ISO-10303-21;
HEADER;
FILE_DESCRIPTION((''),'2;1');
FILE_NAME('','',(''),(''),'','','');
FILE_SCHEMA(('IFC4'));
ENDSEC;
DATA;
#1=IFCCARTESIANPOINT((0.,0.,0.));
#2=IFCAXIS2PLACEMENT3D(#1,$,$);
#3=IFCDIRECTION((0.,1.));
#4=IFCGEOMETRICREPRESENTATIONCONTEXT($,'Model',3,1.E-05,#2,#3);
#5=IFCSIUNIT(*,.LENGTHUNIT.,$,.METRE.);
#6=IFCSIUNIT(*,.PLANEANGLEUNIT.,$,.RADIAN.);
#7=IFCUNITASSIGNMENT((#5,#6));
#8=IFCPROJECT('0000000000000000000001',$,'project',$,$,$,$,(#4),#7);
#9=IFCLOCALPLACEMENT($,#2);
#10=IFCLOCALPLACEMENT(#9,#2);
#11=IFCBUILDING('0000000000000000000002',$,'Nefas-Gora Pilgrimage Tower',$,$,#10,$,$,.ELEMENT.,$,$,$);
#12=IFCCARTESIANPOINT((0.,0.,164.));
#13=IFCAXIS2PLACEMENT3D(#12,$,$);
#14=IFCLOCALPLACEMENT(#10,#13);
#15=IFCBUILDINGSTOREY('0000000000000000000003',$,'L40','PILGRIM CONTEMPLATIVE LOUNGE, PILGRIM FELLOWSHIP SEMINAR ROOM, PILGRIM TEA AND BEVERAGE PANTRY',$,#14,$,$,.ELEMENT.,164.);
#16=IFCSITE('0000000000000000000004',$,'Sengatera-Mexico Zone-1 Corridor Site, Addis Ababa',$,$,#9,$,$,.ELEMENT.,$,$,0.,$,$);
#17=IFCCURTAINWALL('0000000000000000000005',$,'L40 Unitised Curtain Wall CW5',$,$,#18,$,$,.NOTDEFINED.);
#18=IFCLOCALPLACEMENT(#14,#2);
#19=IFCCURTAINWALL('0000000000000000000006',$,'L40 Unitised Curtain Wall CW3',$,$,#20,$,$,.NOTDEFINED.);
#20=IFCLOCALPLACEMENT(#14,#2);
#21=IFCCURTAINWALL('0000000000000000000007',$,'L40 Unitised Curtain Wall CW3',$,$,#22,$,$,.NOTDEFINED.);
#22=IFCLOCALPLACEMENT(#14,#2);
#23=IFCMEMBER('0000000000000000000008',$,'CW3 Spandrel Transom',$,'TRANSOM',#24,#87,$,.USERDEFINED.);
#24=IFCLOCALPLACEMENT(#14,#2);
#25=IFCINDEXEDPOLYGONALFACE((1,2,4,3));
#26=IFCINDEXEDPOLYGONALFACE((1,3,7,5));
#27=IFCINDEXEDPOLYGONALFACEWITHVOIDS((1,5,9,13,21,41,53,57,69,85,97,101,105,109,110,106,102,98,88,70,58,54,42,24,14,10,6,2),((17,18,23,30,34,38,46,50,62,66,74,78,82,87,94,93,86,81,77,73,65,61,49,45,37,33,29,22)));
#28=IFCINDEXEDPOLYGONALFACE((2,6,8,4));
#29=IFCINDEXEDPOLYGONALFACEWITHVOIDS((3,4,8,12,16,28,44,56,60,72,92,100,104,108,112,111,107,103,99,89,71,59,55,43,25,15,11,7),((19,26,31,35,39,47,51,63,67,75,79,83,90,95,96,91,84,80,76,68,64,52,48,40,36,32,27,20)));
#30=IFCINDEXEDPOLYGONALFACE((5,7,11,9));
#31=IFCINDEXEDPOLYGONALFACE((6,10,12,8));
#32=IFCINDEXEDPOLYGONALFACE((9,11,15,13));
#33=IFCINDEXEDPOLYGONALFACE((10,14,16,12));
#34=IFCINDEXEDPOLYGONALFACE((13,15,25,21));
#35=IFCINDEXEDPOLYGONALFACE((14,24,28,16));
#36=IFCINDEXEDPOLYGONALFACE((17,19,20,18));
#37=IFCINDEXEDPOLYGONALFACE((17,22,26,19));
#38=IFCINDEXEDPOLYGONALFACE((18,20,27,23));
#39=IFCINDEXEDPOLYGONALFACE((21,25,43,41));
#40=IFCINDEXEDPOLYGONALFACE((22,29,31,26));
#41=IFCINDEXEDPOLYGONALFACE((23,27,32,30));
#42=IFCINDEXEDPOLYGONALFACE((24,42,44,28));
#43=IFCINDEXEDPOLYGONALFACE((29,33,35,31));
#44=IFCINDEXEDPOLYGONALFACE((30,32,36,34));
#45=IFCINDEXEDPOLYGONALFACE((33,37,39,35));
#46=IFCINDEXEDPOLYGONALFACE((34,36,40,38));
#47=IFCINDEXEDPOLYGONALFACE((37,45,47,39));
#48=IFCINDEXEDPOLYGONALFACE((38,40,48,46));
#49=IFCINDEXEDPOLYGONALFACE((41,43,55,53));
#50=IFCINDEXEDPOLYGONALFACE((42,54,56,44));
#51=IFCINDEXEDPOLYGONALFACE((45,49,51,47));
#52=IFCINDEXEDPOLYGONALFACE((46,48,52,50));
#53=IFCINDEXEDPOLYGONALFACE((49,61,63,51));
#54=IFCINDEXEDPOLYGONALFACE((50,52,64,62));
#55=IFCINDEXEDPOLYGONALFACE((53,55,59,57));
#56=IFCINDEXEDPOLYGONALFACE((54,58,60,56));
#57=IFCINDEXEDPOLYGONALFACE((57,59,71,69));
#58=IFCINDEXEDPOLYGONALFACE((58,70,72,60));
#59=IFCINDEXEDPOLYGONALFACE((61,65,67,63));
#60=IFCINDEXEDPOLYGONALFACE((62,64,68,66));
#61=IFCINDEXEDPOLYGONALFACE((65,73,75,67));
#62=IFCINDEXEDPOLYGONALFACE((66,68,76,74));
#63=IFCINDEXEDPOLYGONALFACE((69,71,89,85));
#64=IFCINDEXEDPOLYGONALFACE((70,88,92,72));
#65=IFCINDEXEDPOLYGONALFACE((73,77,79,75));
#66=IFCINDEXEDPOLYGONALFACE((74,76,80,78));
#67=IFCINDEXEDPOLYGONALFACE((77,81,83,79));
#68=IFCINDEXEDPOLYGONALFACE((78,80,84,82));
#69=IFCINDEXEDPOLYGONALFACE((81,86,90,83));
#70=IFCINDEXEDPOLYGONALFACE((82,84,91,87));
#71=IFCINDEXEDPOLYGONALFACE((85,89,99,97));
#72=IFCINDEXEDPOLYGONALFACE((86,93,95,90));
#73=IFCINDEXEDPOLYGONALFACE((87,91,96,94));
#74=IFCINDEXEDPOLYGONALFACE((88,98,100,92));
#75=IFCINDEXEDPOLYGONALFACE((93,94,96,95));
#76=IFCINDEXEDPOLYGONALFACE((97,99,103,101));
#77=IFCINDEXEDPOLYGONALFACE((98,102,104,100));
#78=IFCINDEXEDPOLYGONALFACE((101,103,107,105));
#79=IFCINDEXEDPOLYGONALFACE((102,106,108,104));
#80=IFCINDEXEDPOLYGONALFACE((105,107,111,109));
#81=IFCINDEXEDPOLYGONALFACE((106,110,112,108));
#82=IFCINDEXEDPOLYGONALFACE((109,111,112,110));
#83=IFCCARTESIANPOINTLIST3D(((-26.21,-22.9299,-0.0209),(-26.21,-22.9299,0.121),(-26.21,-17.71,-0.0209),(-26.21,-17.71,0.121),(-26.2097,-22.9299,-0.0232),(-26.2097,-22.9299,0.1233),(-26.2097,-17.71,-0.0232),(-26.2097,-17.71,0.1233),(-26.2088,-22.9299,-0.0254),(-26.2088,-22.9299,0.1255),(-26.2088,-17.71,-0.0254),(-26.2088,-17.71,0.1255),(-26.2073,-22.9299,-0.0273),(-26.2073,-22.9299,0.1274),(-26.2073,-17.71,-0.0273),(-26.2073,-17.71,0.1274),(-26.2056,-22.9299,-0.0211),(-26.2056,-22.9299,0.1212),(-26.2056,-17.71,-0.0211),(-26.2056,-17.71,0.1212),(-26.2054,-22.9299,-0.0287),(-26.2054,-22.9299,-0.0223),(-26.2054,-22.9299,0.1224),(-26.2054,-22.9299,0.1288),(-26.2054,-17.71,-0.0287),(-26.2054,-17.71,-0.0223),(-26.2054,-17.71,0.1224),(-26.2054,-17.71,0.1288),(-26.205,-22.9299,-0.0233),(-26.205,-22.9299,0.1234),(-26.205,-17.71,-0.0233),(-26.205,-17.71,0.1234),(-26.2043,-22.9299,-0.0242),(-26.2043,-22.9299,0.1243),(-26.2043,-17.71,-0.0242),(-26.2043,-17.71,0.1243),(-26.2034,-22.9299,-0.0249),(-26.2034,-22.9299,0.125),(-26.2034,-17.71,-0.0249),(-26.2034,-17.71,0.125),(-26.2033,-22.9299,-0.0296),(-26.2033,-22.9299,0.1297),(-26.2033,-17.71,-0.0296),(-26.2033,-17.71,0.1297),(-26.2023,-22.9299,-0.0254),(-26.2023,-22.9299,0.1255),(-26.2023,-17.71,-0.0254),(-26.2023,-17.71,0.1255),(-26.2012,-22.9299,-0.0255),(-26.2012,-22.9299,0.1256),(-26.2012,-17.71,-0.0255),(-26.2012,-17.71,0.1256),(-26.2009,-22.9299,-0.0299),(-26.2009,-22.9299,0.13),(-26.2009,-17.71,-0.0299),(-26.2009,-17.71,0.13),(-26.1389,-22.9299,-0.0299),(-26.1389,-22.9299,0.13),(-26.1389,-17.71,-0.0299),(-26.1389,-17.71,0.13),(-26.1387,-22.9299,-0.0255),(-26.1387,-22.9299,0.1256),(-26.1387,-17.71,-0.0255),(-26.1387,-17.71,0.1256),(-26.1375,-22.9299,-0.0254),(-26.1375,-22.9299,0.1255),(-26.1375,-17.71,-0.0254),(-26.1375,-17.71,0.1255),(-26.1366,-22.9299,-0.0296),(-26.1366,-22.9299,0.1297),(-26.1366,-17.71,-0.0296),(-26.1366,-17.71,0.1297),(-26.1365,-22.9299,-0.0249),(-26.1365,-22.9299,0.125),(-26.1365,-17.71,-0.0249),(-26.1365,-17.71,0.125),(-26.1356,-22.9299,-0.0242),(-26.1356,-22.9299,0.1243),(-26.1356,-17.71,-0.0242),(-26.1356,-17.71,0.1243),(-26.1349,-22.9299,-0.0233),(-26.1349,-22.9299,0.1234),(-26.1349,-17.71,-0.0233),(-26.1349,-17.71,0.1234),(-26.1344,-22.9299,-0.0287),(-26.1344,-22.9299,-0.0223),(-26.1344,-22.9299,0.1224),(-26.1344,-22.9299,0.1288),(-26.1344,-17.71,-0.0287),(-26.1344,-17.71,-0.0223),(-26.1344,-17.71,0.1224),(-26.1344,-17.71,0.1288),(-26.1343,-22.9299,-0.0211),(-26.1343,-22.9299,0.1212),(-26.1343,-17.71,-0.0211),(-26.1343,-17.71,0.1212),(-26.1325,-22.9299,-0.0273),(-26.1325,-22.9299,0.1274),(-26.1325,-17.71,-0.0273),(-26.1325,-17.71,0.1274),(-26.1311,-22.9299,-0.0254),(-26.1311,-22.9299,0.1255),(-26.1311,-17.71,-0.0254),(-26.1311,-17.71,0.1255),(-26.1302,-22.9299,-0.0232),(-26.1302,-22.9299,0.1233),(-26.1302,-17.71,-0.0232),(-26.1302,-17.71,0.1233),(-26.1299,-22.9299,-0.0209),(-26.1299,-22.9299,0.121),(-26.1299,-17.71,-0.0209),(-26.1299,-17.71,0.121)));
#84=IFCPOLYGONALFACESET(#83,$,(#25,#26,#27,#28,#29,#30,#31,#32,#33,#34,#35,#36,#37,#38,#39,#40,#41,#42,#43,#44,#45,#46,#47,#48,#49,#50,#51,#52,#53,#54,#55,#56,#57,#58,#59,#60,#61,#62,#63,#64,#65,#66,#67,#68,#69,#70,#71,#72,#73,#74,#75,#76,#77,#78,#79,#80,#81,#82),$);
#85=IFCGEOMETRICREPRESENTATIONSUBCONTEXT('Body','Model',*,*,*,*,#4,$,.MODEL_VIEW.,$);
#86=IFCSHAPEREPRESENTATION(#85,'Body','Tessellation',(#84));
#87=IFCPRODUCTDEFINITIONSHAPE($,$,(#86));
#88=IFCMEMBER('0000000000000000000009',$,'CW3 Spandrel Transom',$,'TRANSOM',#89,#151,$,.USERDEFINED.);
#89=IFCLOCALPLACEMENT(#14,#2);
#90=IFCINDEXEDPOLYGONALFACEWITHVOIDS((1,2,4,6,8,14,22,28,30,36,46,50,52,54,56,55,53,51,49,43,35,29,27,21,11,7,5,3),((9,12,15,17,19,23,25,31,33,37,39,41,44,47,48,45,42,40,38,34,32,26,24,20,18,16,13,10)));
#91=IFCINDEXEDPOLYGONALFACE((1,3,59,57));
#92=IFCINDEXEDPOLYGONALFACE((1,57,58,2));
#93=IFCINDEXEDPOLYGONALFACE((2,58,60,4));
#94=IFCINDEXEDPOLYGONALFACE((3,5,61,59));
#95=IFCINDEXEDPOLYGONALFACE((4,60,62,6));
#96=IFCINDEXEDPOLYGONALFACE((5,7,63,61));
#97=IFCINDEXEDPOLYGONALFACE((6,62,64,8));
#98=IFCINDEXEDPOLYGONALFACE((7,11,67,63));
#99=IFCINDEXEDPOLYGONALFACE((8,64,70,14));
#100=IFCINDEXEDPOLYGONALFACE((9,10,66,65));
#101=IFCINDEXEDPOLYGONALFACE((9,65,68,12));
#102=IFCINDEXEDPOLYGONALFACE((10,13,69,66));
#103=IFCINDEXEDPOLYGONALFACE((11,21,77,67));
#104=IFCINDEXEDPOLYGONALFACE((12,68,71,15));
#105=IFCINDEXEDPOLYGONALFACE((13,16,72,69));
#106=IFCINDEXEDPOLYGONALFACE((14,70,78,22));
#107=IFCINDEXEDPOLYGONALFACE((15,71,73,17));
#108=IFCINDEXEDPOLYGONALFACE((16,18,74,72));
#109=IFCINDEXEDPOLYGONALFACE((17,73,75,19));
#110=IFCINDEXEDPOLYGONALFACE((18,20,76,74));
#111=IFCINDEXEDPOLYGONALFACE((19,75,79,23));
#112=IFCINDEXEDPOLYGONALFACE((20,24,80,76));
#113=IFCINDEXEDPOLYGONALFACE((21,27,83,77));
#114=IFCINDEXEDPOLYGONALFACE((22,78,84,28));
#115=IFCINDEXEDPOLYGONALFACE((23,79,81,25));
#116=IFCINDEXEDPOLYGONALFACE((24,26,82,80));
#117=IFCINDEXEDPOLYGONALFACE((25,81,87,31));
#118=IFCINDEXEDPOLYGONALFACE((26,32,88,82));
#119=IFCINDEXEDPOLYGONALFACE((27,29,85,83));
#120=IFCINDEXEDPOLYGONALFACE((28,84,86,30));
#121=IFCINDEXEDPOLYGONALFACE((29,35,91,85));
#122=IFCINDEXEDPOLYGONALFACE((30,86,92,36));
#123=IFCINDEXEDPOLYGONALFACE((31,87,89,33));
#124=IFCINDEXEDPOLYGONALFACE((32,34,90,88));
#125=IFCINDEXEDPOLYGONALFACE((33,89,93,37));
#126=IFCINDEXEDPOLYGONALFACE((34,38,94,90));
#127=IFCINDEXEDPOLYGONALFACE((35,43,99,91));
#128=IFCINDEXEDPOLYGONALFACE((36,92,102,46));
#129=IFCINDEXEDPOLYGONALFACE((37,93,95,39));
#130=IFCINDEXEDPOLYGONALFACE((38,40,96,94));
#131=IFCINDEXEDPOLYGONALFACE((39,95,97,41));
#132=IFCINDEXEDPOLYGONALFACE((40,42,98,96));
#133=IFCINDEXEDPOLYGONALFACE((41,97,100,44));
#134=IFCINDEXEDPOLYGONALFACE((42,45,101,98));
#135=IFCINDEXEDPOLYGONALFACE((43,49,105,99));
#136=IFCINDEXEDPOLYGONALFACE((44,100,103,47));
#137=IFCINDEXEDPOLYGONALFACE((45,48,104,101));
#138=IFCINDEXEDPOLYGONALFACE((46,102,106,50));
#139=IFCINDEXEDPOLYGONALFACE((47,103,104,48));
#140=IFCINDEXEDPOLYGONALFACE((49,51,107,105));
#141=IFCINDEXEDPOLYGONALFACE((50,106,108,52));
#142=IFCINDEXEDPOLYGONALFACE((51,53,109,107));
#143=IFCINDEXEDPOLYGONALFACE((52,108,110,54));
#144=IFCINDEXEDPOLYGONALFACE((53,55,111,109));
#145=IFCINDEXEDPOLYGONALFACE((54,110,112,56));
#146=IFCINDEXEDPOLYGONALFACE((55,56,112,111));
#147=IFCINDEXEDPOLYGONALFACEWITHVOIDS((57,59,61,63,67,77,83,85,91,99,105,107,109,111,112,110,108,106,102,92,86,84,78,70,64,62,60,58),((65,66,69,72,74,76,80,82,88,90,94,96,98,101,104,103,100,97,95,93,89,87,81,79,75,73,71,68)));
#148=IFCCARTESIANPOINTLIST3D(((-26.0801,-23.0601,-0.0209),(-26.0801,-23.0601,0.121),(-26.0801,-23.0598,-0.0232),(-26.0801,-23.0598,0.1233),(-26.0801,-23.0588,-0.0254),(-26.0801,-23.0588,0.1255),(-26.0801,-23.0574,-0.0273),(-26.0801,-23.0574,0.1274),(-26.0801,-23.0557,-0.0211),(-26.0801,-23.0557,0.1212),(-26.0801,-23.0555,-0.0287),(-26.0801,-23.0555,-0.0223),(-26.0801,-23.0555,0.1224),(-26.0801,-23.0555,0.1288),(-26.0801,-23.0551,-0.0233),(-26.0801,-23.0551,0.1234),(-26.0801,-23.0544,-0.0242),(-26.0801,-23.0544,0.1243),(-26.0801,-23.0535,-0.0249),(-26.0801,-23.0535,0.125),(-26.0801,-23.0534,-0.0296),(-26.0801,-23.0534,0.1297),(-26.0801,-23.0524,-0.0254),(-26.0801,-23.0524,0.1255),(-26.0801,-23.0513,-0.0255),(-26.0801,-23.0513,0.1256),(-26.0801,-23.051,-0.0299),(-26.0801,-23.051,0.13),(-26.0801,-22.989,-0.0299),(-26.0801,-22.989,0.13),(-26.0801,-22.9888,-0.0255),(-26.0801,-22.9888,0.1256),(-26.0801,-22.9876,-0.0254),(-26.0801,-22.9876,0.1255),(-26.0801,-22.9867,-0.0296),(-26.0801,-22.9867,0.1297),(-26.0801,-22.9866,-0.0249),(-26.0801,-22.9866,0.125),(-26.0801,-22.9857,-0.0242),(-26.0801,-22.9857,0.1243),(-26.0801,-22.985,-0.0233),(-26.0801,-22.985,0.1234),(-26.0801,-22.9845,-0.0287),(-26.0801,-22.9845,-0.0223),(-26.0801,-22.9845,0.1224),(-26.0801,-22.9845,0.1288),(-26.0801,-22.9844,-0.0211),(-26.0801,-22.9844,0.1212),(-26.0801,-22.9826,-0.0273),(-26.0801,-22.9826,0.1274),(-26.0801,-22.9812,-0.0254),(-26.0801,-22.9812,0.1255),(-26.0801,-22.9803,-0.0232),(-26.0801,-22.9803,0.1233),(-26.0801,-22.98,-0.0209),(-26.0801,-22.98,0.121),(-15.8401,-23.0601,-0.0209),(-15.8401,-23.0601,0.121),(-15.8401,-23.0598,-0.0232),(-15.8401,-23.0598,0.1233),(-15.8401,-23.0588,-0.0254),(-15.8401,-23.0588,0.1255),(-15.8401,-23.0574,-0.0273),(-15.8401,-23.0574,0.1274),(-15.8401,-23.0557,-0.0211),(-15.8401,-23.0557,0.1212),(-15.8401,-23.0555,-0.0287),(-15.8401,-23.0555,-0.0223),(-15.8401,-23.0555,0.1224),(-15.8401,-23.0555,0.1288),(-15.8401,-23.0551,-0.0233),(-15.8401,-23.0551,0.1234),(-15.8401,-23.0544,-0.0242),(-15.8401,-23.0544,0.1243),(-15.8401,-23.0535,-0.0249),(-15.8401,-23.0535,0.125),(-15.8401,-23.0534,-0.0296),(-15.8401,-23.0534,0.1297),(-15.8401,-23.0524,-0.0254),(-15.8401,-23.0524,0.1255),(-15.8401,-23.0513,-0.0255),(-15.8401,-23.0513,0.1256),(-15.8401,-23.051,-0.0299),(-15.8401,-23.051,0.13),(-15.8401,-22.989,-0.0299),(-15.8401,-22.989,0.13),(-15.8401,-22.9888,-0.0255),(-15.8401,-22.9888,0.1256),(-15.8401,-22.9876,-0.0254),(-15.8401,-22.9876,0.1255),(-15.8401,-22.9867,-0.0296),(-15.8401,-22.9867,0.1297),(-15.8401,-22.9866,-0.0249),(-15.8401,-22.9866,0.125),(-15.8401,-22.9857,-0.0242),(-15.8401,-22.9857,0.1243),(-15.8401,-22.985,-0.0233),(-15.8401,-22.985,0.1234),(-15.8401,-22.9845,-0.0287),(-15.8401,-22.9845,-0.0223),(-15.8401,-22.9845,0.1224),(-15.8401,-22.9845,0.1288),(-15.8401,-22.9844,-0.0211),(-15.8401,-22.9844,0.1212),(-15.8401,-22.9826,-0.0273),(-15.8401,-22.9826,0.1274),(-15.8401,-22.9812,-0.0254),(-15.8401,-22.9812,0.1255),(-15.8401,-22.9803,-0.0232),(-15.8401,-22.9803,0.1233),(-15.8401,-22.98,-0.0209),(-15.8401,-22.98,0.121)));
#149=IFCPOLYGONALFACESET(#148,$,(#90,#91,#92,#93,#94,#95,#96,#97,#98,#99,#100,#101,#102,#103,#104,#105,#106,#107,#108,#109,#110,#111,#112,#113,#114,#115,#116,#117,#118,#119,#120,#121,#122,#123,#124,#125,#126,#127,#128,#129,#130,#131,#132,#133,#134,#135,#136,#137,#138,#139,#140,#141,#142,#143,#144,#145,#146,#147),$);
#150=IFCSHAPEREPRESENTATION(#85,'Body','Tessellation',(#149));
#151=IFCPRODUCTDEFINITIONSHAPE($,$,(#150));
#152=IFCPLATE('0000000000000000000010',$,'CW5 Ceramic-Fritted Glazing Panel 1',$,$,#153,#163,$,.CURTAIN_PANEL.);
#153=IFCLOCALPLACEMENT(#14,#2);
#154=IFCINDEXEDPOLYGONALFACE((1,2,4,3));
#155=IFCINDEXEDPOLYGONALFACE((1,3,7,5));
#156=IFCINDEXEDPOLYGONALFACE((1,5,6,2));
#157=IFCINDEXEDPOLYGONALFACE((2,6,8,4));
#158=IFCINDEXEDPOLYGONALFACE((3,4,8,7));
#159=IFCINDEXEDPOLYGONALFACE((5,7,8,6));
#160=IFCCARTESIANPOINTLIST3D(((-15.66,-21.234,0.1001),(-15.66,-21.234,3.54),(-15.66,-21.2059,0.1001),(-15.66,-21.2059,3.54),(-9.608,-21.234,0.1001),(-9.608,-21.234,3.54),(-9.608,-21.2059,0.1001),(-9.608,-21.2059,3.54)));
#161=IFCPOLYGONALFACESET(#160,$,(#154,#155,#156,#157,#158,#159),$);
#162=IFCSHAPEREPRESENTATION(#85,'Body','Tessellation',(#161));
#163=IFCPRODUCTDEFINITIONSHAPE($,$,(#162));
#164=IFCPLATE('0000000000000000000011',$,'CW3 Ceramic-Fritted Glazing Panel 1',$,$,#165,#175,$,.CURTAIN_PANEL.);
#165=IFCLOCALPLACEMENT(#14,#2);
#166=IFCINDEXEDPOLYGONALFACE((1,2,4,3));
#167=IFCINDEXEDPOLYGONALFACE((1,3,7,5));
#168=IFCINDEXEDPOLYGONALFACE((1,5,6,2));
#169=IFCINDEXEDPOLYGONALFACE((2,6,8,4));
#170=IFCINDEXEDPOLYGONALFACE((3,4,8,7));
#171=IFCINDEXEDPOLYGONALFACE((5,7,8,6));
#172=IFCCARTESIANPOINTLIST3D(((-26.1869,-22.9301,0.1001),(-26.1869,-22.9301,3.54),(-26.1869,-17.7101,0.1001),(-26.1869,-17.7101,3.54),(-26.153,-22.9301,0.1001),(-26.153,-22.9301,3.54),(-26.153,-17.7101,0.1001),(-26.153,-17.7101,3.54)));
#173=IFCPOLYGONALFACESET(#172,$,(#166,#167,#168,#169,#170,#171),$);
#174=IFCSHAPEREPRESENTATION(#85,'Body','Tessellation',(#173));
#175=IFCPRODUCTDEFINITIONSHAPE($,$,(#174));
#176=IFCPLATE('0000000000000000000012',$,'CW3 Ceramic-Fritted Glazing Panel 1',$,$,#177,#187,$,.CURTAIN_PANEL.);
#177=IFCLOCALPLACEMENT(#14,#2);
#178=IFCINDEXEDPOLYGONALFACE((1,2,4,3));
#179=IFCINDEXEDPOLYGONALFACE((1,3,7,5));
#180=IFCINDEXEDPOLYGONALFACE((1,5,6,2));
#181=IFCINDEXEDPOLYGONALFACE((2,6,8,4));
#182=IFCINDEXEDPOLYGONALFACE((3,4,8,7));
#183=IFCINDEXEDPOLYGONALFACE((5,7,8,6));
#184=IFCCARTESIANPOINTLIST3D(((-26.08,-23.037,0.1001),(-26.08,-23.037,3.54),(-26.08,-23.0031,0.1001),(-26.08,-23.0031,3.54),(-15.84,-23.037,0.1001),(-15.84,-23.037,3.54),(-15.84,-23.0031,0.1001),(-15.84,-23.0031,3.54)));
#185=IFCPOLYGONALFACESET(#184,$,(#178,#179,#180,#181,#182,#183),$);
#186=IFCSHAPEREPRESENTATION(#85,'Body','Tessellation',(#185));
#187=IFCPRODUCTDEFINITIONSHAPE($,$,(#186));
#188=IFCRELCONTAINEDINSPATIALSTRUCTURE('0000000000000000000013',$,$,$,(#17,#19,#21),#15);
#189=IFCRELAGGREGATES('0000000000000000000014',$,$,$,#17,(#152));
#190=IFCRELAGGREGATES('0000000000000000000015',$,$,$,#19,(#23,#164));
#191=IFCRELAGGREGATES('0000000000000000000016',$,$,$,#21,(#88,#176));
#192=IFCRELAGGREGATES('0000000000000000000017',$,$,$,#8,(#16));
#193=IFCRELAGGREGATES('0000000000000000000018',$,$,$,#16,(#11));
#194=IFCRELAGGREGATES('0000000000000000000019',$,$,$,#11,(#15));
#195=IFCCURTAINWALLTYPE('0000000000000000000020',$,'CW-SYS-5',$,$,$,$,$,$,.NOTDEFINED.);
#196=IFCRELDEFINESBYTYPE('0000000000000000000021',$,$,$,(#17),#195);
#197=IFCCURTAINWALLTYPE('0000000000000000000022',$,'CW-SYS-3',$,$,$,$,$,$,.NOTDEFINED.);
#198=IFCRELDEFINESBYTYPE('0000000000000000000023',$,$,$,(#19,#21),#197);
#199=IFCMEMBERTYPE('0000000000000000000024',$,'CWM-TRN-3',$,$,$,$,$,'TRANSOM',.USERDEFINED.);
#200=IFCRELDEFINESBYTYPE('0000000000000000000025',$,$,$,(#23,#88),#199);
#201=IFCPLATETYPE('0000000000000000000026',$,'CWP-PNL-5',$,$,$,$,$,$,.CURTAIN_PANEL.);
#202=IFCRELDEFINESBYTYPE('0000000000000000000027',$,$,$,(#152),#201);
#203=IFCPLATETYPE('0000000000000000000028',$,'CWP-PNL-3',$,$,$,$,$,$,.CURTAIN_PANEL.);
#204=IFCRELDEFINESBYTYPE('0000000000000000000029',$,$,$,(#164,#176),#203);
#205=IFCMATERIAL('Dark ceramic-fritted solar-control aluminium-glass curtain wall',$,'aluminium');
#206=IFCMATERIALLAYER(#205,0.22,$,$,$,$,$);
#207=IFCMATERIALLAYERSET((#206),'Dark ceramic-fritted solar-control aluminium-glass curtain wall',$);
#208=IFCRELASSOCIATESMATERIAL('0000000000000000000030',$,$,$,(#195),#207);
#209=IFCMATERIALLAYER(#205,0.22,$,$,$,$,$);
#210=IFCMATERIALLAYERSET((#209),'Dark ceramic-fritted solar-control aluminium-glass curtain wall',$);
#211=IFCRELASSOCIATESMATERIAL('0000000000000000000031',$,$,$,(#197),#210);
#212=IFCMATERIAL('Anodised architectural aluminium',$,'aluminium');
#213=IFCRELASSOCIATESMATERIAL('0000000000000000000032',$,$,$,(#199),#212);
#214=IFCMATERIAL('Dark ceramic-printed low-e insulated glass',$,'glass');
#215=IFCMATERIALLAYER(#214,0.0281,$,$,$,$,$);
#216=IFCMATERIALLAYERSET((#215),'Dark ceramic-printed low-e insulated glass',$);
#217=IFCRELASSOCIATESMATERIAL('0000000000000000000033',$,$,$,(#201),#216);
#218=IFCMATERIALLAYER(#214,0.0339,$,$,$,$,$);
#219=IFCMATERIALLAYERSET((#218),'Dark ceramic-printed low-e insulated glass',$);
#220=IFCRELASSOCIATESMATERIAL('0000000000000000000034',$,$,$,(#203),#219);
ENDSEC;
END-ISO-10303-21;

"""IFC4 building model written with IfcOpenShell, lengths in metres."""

from ifc_helpers import new_model, si_unit, direction, frame, origin, origin_2d, place, context, subcontext, project, spatial, rectangle, hollow_rectangle, extrude, source, transform, mapped, material, layer, layer_set, material_profile, profile_set, type_object, element, aggregate, save


model = new_model("IFC4")

# Units and contexts
model_context = context("Model", 3, precision=1e-05, world=origin(), true_north=direction((0.0, 1.0)))
body_context = subcontext(model_context, "Body", "Model", "MODEL_VIEW")
ifc_project = project(units=[si_unit("LENGTHUNIT", "METRE"), si_unit("PLANEANGLEUNIT", "RADIAN")], contexts=[model_context])

# Site, building, storey
site_placement = place(None, origin())
site = spatial("IfcSite", under=ifc_project, at=site_placement, Name="Sengatera-Mexico Zone-1 Corridor Site, Addis Ababa", CompositionType="ELEMENT", RefElevation=0.0)
building_placement = place(site_placement, origin())
building = spatial("IfcBuilding", under=site, at=building_placement, Name="Nefas-Gora Pilgrimage Tower", CompositionType="ELEMENT")
storey_placement = place(building_placement, frame((0.0, 0.0, 164.0)))
storey = spatial("IfcBuildingStorey", under=building, at=storey_placement, Name="L40", Description="PILGRIM CONTEMPLATIVE LOUNGE, PILGRIM FELLOWSHIP SEMINAR ROOM, PILGRIM TEA AND BEVERAGE PANTRY", CompositionType="ELEMENT", Elevation=164.0)

# Curtain wall
ifc_material_1 = material(Name="Dark ceramic-fritted solar-control aluminium-glass curtain wall", Category="aluminium")
ifc_layer_1 = layer(ifc_material_1, 0.22)
ifc_layer_set_1 = layer_set([ifc_layer_1], Name="Dark ceramic-fritted solar-control aluminium-glass curtain wall")
curtain_wall_type_1 = type_object("IfcCurtainWallType", Name="CW-SYS-5", PredefinedType="NOTDEFINED", material=ifc_layer_set_1)
curtain_wall_1_placement = place(storey_placement, origin())
curtain_wall_1 = element("IfcCurtainWall", 1, at=curtain_wall_1_placement, inside=storey, type_object=curtain_wall_type_1, Name="L40 Unitised Curtain Wall CW5", PredefinedType="NOTDEFINED")
ifc_material_2 = material(Name="Anodised architectural aluminium", Category="aluminium")

# Shared definitions
ifc_layer_2 = layer(ifc_material_1, 0.22)
ifc_layer_set_2 = layer_set([ifc_layer_2], Name="Dark ceramic-fritted solar-control aluminium-glass curtain wall")
curtain_wall_type_2 = type_object("IfcCurtainWallType", Name="CW-SYS-3", PredefinedType="NOTDEFINED", material=ifc_layer_set_2)

# Curtain walls
curtain_wall_2_placement = place(storey_placement, origin())
curtain_wall_2 = element("IfcCurtainWall", 2, at=curtain_wall_2_placement, inside=storey, type_object=curtain_wall_type_2, Name="L40 Unitised Curtain Wall CW3", PredefinedType="NOTDEFINED")
curtain_wall_3_placement = place(storey_placement, origin())
curtain_wall_3 = element("IfcCurtainWall", 3, at=curtain_wall_3_placement, inside=storey, type_object=curtain_wall_type_2, Name="L40 Unitised Curtain Wall CW3", PredefinedType="NOTDEFINED")

# Members
ifc_material_profile_1 = material_profile(ifc_material_2, hollow_rectangle(XDim=0.0801, YDim=0.1599, WallThickness=0.0044, InnerFilletRadius=0.0044, OuterFilletRadius=0.009, at=origin_2d()), Name="ALU TRANSOM 80x160")
ifc_profile_set_1 = profile_set([ifc_material_profile_1], Name="Anodised architectural aluminium")
member_type_1 = type_object("IfcMemberType", Name="CWM-TRN-3", ElementType="TRANSOM", PredefinedType="USERDEFINED", material=ifc_profile_set_1)
shared_shape_1 = source(origin(), body_context, "Body", "SweptSolid", [
    extrude(hollow_rectangle(XDim=0.0801, YDim=0.1599, WallThickness=0.0044, InnerFilletRadius=0.0044, OuterFilletRadius=0.009, at=origin_2d()), origin(), (0.0, 0.0, 1.0), 5.22),
])
member_1_placement = place(storey_placement, frame((-26.1699, -17.71, 0.05), z_axis=(0.0, -1.0, 0.0), x_axis=(1.0, 0.0, 0.0)))
member_1 = element("IfcMember", 4, at=member_1_placement, type_object=member_type_1, Name="CW3 Spandrel Transom", ObjectType="TRANSOM", PredefinedType="USERDEFINED", context=body_context, shape_type="MappedRepresentation", body=[
    mapped(shared_shape_1, transform((0.0, 0.0, 0.0), x_axis=(1.0, 0.0, 0.0), y_axis=(0.0, 1.0, 0.0), z_axis=(0.0, 0.0, 1.0), scale=1.0)),
])
shared_shape_2 = source(origin(), body_context, "Body", "SweptSolid", [
    extrude(hollow_rectangle(XDim=0.0801, YDim=0.1599, WallThickness=0.0044, InnerFilletRadius=0.0044, OuterFilletRadius=0.009, at=origin_2d()), origin(), (0.0, 0.0, 1.0), 10.24),
])
member_2_placement = place(storey_placement, frame((-26.0801, -23.02, 0.05), z_axis=(1.0, 0.0, 0.0), x_axis=(0.0, 1.0, 0.0)))
member_2 = element("IfcMember", 5, at=member_2_placement, type_object=member_type_1, Name="CW3 Spandrel Transom", ObjectType="TRANSOM", PredefinedType="USERDEFINED", context=body_context, shape_type="MappedRepresentation", body=[
    mapped(shared_shape_2, transform((0.0, 0.0, 0.0), x_axis=(1.0, 0.0, 0.0), y_axis=(0.0, 1.0, 0.0), z_axis=(0.0, 0.0, 1.0), scale=1.0)),
])

# Plates
ifc_material_3 = material(Name="Dark ceramic-printed low-e insulated glass", Category="glass")
ifc_layer_3 = layer(ifc_material_3, 0.0281)
ifc_layer_set_3 = layer_set([ifc_layer_3], Name="Dark ceramic-printed low-e insulated glass")
plate_type_1 = type_object("IfcPlateType", Name="CWP-PNL-5", PredefinedType="CURTAIN_PANEL", material=ifc_layer_set_3)
shared_shape_3 = source(origin(), body_context, "Body", "SweptSolid", [
    extrude(rectangle(XDim=6.052, YDim=0.0281, at=origin_2d()), origin(), (0.0, 0.0, 1.0), 3.4399),
])
plate_1_placement = place(storey_placement, frame((-12.634, -21.22, 0.1001), z_axis=(0.0, 0.0, 1.0), x_axis=(1.0, 0.0, 0.0)))
plate_1 = element("IfcPlate", 6, at=plate_1_placement, type_object=plate_type_1, Name="CW5 Ceramic-Fritted Glazing Panel 1", PredefinedType="CURTAIN_PANEL", context=body_context, shape_type="MappedRepresentation", body=[
    mapped(shared_shape_3, transform((0.0, 0.0, 0.0), x_axis=(1.0, 0.0, 0.0), y_axis=(0.0, 1.0, 0.0), z_axis=(0.0, 0.0, 1.0), scale=1.0)),
])
aggregate(curtain_wall_1, [plate_1])
ifc_layer_4 = layer(ifc_material_3, 0.0339)
ifc_layer_set_4 = layer_set([ifc_layer_4], Name="Dark ceramic-printed low-e insulated glass")
plate_type_2 = type_object("IfcPlateType", Name="CWP-PNL-3", PredefinedType="CURTAIN_PANEL", material=ifc_layer_set_4)
shared_shape_4 = source(origin(), body_context, "Body", "SweptSolid", [
    extrude(rectangle(XDim=5.22, YDim=0.0339, at=origin_2d()), origin(), (0.0, 0.0, 1.0), 3.4399),
])
plate_2_placement = place(storey_placement, frame((-26.1699, -20.3201, 0.1001), z_axis=(0.0, 0.0, 1.0), x_axis=(0.0, -1.0, 0.0)))
plate_2 = element("IfcPlate", 7, at=plate_2_placement, type_object=plate_type_2, Name="CW3 Ceramic-Fritted Glazing Panel 1", PredefinedType="CURTAIN_PANEL", context=body_context, shape_type="MappedRepresentation", body=[
    mapped(shared_shape_4, transform((0.0, 0.0, 0.0), x_axis=(1.0, 0.0, 0.0), y_axis=(0.0, 1.0, 0.0), z_axis=(0.0, 0.0, 1.0), scale=1.0)),
])
aggregate(curtain_wall_2, [member_1, plate_2])
shared_shape_5 = source(origin(), body_context, "Body", "SweptSolid", [
    extrude(rectangle(XDim=10.24, YDim=0.0339, at=origin_2d()), origin(), (0.0, 0.0, 1.0), 3.4399),
])
plate_3_placement = place(storey_placement, frame((-20.96, -23.02, 0.1001), z_axis=(0.0, 0.0, 1.0), x_axis=(1.0, 0.0, 0.0)))
plate_3 = element("IfcPlate", 8, at=plate_3_placement, type_object=plate_type_2, Name="CW3 Ceramic-Fritted Glazing Panel 1", PredefinedType="CURTAIN_PANEL", context=body_context, shape_type="MappedRepresentation", body=[
    mapped(shared_shape_5, transform((0.0, 0.0, 0.0), x_axis=(1.0, 0.0, 0.0), y_axis=(0.0, 1.0, 0.0), z_axis=(0.0, 0.0, 1.0), scale=1.0)),
])
aggregate(curtain_wall_3, [member_2, plate_3])

save(model, "model.ifc")
